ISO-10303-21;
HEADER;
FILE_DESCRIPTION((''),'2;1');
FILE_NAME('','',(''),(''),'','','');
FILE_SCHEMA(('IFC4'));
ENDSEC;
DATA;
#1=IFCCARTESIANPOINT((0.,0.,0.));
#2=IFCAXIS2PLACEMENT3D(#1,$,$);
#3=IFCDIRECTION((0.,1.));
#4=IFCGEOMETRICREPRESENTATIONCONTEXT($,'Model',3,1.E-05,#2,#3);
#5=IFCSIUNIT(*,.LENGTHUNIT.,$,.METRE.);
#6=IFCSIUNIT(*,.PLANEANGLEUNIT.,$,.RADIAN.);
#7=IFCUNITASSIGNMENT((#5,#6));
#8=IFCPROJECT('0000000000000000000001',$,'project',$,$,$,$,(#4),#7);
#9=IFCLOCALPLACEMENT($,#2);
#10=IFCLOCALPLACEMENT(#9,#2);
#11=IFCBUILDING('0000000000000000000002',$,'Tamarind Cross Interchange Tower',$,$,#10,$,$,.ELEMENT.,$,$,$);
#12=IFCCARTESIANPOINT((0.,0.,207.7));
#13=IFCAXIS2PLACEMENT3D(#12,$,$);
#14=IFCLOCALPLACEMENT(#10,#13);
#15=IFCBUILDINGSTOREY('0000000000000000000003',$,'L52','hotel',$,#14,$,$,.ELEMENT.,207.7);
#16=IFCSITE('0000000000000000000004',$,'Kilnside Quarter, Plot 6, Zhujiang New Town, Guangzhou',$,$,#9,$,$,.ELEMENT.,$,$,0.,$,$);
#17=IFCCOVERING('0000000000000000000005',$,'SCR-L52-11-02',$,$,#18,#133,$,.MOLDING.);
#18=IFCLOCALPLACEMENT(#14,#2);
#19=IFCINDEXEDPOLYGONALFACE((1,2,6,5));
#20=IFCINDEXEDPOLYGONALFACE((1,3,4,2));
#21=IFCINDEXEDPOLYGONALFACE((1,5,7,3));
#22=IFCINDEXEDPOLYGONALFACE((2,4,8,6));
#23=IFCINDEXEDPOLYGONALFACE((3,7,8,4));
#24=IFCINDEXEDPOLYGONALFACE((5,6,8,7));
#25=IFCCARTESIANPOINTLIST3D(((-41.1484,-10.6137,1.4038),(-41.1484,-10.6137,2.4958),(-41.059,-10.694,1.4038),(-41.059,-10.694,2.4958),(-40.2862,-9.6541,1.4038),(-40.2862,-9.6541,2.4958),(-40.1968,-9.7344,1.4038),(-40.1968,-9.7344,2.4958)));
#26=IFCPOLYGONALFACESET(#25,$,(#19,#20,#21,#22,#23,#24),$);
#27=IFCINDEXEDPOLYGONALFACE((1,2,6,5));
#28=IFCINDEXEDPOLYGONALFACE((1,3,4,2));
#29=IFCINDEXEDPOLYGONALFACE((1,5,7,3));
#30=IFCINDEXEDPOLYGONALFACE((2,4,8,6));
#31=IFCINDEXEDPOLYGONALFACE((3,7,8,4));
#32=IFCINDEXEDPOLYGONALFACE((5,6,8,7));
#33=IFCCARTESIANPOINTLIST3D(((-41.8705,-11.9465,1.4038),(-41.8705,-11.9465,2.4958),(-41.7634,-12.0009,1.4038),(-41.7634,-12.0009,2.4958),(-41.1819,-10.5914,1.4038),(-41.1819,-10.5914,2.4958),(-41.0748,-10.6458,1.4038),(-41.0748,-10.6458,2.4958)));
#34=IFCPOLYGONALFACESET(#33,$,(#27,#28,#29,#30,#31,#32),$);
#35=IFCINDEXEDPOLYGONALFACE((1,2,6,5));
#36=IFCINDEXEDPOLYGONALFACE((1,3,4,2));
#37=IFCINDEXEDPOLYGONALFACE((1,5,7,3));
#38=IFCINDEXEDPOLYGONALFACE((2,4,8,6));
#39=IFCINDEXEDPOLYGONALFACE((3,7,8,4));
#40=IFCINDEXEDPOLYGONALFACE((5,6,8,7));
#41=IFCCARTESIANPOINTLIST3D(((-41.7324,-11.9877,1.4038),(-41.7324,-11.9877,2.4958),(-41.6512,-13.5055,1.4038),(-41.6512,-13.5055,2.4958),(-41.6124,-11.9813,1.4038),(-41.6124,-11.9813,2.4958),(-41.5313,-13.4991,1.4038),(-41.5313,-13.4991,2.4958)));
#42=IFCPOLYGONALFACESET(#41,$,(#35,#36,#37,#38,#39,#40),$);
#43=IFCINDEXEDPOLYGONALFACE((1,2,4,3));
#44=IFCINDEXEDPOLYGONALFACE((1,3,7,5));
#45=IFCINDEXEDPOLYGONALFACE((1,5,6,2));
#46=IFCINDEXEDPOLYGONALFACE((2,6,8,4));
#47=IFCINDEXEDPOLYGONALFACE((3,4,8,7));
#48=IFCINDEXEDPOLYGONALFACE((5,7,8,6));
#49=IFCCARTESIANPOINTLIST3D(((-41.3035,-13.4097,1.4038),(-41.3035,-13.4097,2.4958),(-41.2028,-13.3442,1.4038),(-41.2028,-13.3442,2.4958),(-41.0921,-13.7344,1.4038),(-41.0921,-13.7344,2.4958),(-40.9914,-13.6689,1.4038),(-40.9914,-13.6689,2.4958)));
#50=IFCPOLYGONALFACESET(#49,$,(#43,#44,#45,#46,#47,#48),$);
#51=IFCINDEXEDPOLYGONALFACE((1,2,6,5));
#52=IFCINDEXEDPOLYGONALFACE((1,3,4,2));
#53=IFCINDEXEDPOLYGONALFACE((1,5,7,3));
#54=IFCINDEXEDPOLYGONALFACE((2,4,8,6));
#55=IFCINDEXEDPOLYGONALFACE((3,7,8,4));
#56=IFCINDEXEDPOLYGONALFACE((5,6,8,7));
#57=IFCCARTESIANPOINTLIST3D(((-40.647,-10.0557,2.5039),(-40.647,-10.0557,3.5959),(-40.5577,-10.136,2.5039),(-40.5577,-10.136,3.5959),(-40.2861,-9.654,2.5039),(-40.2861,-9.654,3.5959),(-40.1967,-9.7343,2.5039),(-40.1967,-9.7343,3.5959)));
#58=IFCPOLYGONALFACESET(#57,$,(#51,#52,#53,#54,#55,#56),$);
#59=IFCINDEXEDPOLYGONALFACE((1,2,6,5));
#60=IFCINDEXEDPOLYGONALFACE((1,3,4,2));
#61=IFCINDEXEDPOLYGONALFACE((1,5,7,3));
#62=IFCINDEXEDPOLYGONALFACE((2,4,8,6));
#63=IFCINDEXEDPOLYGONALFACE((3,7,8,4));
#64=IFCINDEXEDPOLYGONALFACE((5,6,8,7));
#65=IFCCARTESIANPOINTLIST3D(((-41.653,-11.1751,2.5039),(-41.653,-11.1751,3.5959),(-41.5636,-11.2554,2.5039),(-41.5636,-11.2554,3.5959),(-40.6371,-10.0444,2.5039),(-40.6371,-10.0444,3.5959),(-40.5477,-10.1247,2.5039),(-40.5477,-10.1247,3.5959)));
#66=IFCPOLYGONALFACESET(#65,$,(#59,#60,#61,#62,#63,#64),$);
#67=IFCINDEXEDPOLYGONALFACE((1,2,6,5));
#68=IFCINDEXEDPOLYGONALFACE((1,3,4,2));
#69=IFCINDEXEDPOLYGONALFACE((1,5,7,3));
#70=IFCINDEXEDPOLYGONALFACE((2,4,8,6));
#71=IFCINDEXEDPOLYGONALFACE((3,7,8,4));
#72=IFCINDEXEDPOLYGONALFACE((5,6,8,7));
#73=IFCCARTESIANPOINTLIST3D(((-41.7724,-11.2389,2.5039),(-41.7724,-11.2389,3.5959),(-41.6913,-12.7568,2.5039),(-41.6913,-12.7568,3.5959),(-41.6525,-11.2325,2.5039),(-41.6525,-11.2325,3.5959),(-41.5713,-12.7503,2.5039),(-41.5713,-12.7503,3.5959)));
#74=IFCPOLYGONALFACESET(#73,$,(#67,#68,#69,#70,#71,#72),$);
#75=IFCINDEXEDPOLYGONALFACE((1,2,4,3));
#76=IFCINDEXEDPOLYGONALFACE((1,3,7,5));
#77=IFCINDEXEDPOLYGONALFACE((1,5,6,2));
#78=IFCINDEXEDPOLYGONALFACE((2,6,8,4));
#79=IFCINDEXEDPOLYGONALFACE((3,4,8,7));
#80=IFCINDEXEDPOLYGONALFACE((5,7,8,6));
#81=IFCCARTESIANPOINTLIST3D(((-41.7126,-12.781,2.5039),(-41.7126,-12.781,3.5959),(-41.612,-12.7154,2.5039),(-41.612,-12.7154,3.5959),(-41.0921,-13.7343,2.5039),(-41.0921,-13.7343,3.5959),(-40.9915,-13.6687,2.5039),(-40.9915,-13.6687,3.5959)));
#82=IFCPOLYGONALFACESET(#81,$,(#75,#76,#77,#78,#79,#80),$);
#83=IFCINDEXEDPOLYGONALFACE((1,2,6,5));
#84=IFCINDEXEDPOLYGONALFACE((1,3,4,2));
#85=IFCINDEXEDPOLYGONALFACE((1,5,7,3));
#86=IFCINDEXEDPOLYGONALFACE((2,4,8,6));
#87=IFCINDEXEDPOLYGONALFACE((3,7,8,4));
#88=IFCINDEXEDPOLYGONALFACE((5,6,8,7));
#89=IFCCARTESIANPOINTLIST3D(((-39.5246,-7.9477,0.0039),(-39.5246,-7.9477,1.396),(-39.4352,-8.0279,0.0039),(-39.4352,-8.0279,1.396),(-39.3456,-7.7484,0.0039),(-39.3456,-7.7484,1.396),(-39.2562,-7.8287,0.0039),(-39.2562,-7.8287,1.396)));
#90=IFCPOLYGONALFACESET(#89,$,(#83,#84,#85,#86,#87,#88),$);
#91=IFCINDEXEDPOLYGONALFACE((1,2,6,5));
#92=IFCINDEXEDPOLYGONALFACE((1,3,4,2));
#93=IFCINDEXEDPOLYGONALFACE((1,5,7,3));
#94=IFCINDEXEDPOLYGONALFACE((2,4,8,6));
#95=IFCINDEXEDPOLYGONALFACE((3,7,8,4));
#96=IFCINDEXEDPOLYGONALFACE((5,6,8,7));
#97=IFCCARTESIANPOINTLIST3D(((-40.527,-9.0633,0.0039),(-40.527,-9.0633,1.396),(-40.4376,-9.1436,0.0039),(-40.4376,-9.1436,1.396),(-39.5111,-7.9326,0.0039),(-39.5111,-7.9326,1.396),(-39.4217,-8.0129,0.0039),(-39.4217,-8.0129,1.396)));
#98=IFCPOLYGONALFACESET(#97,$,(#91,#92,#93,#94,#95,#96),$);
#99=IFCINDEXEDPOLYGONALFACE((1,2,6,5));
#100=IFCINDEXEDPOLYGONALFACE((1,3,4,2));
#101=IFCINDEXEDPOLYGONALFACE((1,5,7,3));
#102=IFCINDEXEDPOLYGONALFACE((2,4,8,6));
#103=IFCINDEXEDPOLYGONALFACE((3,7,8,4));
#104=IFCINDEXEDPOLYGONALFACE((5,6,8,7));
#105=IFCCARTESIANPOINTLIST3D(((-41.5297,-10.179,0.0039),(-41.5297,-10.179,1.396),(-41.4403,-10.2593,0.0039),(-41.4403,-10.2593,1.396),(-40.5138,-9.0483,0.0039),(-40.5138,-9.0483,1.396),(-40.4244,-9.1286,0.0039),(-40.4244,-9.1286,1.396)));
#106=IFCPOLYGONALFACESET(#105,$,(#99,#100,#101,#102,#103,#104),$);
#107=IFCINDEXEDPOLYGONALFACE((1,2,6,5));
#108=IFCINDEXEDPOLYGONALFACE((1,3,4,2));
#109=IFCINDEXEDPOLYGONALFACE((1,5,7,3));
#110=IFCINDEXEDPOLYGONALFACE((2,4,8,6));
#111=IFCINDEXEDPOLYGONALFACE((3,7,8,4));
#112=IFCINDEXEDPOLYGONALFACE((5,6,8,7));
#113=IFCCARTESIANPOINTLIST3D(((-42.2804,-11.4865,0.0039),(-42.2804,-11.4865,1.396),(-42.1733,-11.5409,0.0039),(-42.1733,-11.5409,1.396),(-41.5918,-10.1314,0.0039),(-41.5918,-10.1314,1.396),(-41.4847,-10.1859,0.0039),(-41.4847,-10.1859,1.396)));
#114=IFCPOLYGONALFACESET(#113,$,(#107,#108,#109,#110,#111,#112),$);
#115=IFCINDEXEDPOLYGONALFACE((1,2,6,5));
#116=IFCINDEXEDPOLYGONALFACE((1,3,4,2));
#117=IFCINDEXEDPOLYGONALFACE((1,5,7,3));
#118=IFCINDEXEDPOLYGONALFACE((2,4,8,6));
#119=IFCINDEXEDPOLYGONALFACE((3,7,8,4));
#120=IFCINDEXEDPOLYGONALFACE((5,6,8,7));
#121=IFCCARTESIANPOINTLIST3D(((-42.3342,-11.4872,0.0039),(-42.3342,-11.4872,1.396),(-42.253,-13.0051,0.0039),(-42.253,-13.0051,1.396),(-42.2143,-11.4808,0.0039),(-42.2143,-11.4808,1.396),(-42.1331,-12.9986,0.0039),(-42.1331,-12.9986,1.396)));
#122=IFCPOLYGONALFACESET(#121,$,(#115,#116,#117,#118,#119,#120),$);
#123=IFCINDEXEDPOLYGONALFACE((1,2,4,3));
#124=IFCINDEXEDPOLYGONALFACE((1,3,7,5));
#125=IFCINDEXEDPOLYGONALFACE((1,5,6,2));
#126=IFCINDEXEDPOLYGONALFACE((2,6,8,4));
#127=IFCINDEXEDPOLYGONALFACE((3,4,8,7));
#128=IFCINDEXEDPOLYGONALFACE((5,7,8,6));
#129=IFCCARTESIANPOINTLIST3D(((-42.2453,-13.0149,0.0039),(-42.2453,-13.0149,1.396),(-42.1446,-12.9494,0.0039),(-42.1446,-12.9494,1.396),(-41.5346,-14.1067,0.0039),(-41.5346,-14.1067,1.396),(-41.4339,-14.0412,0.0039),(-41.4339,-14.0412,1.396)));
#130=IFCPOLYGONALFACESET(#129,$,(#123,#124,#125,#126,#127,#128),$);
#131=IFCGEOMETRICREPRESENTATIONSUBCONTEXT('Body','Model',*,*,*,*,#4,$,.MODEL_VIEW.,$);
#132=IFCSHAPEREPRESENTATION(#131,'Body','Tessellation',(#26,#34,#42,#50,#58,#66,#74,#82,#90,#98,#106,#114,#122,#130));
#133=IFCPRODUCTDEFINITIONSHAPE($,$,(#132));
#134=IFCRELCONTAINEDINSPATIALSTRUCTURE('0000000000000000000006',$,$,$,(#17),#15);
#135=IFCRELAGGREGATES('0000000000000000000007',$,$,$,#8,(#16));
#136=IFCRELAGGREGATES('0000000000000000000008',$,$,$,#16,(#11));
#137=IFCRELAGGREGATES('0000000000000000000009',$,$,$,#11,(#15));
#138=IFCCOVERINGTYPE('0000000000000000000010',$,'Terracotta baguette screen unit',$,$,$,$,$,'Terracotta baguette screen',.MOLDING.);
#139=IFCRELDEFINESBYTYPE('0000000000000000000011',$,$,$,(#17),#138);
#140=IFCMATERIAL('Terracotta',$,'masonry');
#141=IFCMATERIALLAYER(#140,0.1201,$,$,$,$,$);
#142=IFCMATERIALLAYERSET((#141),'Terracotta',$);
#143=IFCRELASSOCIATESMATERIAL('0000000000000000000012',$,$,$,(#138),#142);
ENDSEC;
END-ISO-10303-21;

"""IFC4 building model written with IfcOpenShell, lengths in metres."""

from ifc_helpers import new_model, si_unit, direction, frame, origin, origin_2d, place, context, subcontext, project, spatial, rectangle, extrude, material, layer, layer_set, type_object, element, save


model = new_model("IFC4")

# Units and contexts
model_context = context("Model", 3, precision=1e-05, world=origin(), true_north=direction((0.0, 1.0)))
body_context = subcontext(model_context, "Body", "Model", "MODEL_VIEW")
ifc_project = project(units=[si_unit("LENGTHUNIT", "METRE"), si_unit("PLANEANGLEUNIT", "RADIAN")], contexts=[model_context])

# Site, building, storey
site_placement = place(None, origin())
site = spatial("IfcSite", under=ifc_project, at=site_placement, Name="Kilnside Quarter, Plot 6, Zhujiang New Town, Guangzhou", CompositionType="ELEMENT", RefElevation=0.0)
building_placement = place(site_placement, origin())
building = spatial("IfcBuilding", under=site, at=building_placement, Name="Tamarind Cross Interchange Tower", CompositionType="ELEMENT")
storey_placement = place(building_placement, frame((0.0, 0.0, 207.7)))
storey = spatial("IfcBuildingStorey", under=building, at=storey_placement, Name="L52", Description="hotel", CompositionType="ELEMENT", Elevation=207.7)

# Covering
ifc_material_1 = material(Name="Terracotta", Category="masonry")
ifc_layer_1 = layer(ifc_material_1, 0.1201)
ifc_layer_set_1 = layer_set([ifc_layer_1], Name="Terracotta")
covering_type = type_object("IfcCoveringType", Name="Terracotta baguette screen unit", ElementType="Terracotta baguette screen", PredefinedType="MOLDING", material=ifc_layer_set_1)
covering_1_placement = place(storey_placement, origin())
element("IfcCovering", 1, at=covering_1_placement, inside=storey, type_object=covering_type, Name="SCR-L52-11-02", PredefinedType="MOLDING", context=body_context, shape_type="SweptSolid", body=[
    extrude(rectangle(XDim=1.29, YDim=0.1201, at=origin_2d()), frame((-40.6726, -10.1741, 1.4038), z_axis=(0.0, 0.0, 1.0), x_axis=(-0.668342, -0.743854, 0.0)), (0.0, 0.0, 1.0), 1.092),
    extrude(rectangle(XDim=1.52, YDim=0.1201, at=origin_2d()), frame((-41.4727, -11.2961, 1.4038), z_axis=(0.0, 0.0, 1.0), x_axis=(-0.453045, -0.891488, 0.0)), (0.0, 0.0, 1.0), 1.092),
    extrude(rectangle(XDim=1.52, YDim=0.1201, at=origin_2d()), frame((-41.6318, -12.7434, 1.4038), z_axis=(0.0, 0.0, 1.0), x_axis=(0.053396, -0.998573, 0.0)), (0.0, 0.0, 1.0), 1.092),
    extrude(rectangle(XDim=0.3875, YDim=0.1201, at=origin_2d()), frame((-41.1475, -13.5393, 1.4038), z_axis=(0.0, 0.0, 1.0), x_axis=(0.545529, -0.838092, 0.0)), (0.0, 0.0, 1.0), 1.092),
    extrude(rectangle(XDim=0.54, YDim=0.1201, at=origin_2d()), frame((-40.4219, -9.895, 2.5039), z_axis=(0.0, 0.0, 1.0), x_axis=(-0.668342, -0.743854, 0.0)), (0.0, 0.0, 1.0), 1.092),
    extrude(rectangle(XDim=1.52, YDim=0.1201, at=origin_2d()), frame((-41.1003, -10.6499, 2.5039), z_axis=(0.0, 0.0, 1.0), x_axis=(-0.668342, -0.743854, 0.0)), (0.0, 0.0, 1.0), 1.092),
    extrude(rectangle(XDim=1.52, YDim=0.1201, at=origin_2d()), frame((-41.6719, -11.9946, 2.5039), z_axis=(0.0, 0.0, 1.0), x_axis=(0.053396, -0.998573, 0.0)), (0.0, 0.0, 1.0), 1.092),
    extrude(rectangle(XDim=1.1375, YDim=0.1201, at=origin_2d()), frame((-41.3521, -13.2249, 2.5039), z_axis=(0.0, 0.0, 1.0), x_axis=(0.545529, -0.838092, 0.0)), (0.0, 0.0, 1.0), 1.092),
    extrude(rectangle(XDim=0.2678, YDim=0.1201, at=origin_2d()), frame((-39.3904, -7.8882, 0.0039), z_axis=(0.0, 0.0, 1.0), x_axis=(-0.668342, -0.743854, 0.0)), (0.0, 0.0, 1.0), 1.3921),
    extrude(rectangle(XDim=1.52, YDim=0.1201, at=origin_2d()), frame((-39.9744, -8.5381, 0.0039), z_axis=(0.0, 0.0, 1.0), x_axis=(-0.668342, -0.743854, 0.0)), (0.0, 0.0, 1.0), 1.3921),
    extrude(rectangle(XDim=1.52, YDim=0.1201, at=origin_2d()), frame((-40.9771, -9.6538, 0.0039), z_axis=(0.0, 0.0, 1.0), x_axis=(-0.668342, -0.743854, 0.0)), (0.0, 0.0, 1.0), 1.3921),
    extrude(rectangle(XDim=1.52, YDim=0.1201, at=origin_2d()), frame((-41.8826, -10.8362, 0.0039), z_axis=(0.0, 0.0, 1.0), x_axis=(-0.453045, -0.891488, 0.0)), (0.0, 0.0, 1.0), 1.3921),
    extrude(rectangle(XDim=1.52, YDim=0.1201, at=origin_2d()), frame((-42.2336, -12.2429, 0.0039), z_axis=(0.0, 0.0, 1.0), x_axis=(0.053396, -0.998573, 0.0)), (0.0, 0.0, 1.0), 1.3921),
    extrude(rectangle(XDim=1.3027, YDim=0.1201, at=origin_2d()), frame((-41.8396, -13.5281, 0.0039), z_axis=(0.0, 0.0, 1.0), x_axis=(0.545529, -0.838092, 0.0)), (0.0, 0.0, 1.0), 1.3921),
])

save(model, "model.ifc")
